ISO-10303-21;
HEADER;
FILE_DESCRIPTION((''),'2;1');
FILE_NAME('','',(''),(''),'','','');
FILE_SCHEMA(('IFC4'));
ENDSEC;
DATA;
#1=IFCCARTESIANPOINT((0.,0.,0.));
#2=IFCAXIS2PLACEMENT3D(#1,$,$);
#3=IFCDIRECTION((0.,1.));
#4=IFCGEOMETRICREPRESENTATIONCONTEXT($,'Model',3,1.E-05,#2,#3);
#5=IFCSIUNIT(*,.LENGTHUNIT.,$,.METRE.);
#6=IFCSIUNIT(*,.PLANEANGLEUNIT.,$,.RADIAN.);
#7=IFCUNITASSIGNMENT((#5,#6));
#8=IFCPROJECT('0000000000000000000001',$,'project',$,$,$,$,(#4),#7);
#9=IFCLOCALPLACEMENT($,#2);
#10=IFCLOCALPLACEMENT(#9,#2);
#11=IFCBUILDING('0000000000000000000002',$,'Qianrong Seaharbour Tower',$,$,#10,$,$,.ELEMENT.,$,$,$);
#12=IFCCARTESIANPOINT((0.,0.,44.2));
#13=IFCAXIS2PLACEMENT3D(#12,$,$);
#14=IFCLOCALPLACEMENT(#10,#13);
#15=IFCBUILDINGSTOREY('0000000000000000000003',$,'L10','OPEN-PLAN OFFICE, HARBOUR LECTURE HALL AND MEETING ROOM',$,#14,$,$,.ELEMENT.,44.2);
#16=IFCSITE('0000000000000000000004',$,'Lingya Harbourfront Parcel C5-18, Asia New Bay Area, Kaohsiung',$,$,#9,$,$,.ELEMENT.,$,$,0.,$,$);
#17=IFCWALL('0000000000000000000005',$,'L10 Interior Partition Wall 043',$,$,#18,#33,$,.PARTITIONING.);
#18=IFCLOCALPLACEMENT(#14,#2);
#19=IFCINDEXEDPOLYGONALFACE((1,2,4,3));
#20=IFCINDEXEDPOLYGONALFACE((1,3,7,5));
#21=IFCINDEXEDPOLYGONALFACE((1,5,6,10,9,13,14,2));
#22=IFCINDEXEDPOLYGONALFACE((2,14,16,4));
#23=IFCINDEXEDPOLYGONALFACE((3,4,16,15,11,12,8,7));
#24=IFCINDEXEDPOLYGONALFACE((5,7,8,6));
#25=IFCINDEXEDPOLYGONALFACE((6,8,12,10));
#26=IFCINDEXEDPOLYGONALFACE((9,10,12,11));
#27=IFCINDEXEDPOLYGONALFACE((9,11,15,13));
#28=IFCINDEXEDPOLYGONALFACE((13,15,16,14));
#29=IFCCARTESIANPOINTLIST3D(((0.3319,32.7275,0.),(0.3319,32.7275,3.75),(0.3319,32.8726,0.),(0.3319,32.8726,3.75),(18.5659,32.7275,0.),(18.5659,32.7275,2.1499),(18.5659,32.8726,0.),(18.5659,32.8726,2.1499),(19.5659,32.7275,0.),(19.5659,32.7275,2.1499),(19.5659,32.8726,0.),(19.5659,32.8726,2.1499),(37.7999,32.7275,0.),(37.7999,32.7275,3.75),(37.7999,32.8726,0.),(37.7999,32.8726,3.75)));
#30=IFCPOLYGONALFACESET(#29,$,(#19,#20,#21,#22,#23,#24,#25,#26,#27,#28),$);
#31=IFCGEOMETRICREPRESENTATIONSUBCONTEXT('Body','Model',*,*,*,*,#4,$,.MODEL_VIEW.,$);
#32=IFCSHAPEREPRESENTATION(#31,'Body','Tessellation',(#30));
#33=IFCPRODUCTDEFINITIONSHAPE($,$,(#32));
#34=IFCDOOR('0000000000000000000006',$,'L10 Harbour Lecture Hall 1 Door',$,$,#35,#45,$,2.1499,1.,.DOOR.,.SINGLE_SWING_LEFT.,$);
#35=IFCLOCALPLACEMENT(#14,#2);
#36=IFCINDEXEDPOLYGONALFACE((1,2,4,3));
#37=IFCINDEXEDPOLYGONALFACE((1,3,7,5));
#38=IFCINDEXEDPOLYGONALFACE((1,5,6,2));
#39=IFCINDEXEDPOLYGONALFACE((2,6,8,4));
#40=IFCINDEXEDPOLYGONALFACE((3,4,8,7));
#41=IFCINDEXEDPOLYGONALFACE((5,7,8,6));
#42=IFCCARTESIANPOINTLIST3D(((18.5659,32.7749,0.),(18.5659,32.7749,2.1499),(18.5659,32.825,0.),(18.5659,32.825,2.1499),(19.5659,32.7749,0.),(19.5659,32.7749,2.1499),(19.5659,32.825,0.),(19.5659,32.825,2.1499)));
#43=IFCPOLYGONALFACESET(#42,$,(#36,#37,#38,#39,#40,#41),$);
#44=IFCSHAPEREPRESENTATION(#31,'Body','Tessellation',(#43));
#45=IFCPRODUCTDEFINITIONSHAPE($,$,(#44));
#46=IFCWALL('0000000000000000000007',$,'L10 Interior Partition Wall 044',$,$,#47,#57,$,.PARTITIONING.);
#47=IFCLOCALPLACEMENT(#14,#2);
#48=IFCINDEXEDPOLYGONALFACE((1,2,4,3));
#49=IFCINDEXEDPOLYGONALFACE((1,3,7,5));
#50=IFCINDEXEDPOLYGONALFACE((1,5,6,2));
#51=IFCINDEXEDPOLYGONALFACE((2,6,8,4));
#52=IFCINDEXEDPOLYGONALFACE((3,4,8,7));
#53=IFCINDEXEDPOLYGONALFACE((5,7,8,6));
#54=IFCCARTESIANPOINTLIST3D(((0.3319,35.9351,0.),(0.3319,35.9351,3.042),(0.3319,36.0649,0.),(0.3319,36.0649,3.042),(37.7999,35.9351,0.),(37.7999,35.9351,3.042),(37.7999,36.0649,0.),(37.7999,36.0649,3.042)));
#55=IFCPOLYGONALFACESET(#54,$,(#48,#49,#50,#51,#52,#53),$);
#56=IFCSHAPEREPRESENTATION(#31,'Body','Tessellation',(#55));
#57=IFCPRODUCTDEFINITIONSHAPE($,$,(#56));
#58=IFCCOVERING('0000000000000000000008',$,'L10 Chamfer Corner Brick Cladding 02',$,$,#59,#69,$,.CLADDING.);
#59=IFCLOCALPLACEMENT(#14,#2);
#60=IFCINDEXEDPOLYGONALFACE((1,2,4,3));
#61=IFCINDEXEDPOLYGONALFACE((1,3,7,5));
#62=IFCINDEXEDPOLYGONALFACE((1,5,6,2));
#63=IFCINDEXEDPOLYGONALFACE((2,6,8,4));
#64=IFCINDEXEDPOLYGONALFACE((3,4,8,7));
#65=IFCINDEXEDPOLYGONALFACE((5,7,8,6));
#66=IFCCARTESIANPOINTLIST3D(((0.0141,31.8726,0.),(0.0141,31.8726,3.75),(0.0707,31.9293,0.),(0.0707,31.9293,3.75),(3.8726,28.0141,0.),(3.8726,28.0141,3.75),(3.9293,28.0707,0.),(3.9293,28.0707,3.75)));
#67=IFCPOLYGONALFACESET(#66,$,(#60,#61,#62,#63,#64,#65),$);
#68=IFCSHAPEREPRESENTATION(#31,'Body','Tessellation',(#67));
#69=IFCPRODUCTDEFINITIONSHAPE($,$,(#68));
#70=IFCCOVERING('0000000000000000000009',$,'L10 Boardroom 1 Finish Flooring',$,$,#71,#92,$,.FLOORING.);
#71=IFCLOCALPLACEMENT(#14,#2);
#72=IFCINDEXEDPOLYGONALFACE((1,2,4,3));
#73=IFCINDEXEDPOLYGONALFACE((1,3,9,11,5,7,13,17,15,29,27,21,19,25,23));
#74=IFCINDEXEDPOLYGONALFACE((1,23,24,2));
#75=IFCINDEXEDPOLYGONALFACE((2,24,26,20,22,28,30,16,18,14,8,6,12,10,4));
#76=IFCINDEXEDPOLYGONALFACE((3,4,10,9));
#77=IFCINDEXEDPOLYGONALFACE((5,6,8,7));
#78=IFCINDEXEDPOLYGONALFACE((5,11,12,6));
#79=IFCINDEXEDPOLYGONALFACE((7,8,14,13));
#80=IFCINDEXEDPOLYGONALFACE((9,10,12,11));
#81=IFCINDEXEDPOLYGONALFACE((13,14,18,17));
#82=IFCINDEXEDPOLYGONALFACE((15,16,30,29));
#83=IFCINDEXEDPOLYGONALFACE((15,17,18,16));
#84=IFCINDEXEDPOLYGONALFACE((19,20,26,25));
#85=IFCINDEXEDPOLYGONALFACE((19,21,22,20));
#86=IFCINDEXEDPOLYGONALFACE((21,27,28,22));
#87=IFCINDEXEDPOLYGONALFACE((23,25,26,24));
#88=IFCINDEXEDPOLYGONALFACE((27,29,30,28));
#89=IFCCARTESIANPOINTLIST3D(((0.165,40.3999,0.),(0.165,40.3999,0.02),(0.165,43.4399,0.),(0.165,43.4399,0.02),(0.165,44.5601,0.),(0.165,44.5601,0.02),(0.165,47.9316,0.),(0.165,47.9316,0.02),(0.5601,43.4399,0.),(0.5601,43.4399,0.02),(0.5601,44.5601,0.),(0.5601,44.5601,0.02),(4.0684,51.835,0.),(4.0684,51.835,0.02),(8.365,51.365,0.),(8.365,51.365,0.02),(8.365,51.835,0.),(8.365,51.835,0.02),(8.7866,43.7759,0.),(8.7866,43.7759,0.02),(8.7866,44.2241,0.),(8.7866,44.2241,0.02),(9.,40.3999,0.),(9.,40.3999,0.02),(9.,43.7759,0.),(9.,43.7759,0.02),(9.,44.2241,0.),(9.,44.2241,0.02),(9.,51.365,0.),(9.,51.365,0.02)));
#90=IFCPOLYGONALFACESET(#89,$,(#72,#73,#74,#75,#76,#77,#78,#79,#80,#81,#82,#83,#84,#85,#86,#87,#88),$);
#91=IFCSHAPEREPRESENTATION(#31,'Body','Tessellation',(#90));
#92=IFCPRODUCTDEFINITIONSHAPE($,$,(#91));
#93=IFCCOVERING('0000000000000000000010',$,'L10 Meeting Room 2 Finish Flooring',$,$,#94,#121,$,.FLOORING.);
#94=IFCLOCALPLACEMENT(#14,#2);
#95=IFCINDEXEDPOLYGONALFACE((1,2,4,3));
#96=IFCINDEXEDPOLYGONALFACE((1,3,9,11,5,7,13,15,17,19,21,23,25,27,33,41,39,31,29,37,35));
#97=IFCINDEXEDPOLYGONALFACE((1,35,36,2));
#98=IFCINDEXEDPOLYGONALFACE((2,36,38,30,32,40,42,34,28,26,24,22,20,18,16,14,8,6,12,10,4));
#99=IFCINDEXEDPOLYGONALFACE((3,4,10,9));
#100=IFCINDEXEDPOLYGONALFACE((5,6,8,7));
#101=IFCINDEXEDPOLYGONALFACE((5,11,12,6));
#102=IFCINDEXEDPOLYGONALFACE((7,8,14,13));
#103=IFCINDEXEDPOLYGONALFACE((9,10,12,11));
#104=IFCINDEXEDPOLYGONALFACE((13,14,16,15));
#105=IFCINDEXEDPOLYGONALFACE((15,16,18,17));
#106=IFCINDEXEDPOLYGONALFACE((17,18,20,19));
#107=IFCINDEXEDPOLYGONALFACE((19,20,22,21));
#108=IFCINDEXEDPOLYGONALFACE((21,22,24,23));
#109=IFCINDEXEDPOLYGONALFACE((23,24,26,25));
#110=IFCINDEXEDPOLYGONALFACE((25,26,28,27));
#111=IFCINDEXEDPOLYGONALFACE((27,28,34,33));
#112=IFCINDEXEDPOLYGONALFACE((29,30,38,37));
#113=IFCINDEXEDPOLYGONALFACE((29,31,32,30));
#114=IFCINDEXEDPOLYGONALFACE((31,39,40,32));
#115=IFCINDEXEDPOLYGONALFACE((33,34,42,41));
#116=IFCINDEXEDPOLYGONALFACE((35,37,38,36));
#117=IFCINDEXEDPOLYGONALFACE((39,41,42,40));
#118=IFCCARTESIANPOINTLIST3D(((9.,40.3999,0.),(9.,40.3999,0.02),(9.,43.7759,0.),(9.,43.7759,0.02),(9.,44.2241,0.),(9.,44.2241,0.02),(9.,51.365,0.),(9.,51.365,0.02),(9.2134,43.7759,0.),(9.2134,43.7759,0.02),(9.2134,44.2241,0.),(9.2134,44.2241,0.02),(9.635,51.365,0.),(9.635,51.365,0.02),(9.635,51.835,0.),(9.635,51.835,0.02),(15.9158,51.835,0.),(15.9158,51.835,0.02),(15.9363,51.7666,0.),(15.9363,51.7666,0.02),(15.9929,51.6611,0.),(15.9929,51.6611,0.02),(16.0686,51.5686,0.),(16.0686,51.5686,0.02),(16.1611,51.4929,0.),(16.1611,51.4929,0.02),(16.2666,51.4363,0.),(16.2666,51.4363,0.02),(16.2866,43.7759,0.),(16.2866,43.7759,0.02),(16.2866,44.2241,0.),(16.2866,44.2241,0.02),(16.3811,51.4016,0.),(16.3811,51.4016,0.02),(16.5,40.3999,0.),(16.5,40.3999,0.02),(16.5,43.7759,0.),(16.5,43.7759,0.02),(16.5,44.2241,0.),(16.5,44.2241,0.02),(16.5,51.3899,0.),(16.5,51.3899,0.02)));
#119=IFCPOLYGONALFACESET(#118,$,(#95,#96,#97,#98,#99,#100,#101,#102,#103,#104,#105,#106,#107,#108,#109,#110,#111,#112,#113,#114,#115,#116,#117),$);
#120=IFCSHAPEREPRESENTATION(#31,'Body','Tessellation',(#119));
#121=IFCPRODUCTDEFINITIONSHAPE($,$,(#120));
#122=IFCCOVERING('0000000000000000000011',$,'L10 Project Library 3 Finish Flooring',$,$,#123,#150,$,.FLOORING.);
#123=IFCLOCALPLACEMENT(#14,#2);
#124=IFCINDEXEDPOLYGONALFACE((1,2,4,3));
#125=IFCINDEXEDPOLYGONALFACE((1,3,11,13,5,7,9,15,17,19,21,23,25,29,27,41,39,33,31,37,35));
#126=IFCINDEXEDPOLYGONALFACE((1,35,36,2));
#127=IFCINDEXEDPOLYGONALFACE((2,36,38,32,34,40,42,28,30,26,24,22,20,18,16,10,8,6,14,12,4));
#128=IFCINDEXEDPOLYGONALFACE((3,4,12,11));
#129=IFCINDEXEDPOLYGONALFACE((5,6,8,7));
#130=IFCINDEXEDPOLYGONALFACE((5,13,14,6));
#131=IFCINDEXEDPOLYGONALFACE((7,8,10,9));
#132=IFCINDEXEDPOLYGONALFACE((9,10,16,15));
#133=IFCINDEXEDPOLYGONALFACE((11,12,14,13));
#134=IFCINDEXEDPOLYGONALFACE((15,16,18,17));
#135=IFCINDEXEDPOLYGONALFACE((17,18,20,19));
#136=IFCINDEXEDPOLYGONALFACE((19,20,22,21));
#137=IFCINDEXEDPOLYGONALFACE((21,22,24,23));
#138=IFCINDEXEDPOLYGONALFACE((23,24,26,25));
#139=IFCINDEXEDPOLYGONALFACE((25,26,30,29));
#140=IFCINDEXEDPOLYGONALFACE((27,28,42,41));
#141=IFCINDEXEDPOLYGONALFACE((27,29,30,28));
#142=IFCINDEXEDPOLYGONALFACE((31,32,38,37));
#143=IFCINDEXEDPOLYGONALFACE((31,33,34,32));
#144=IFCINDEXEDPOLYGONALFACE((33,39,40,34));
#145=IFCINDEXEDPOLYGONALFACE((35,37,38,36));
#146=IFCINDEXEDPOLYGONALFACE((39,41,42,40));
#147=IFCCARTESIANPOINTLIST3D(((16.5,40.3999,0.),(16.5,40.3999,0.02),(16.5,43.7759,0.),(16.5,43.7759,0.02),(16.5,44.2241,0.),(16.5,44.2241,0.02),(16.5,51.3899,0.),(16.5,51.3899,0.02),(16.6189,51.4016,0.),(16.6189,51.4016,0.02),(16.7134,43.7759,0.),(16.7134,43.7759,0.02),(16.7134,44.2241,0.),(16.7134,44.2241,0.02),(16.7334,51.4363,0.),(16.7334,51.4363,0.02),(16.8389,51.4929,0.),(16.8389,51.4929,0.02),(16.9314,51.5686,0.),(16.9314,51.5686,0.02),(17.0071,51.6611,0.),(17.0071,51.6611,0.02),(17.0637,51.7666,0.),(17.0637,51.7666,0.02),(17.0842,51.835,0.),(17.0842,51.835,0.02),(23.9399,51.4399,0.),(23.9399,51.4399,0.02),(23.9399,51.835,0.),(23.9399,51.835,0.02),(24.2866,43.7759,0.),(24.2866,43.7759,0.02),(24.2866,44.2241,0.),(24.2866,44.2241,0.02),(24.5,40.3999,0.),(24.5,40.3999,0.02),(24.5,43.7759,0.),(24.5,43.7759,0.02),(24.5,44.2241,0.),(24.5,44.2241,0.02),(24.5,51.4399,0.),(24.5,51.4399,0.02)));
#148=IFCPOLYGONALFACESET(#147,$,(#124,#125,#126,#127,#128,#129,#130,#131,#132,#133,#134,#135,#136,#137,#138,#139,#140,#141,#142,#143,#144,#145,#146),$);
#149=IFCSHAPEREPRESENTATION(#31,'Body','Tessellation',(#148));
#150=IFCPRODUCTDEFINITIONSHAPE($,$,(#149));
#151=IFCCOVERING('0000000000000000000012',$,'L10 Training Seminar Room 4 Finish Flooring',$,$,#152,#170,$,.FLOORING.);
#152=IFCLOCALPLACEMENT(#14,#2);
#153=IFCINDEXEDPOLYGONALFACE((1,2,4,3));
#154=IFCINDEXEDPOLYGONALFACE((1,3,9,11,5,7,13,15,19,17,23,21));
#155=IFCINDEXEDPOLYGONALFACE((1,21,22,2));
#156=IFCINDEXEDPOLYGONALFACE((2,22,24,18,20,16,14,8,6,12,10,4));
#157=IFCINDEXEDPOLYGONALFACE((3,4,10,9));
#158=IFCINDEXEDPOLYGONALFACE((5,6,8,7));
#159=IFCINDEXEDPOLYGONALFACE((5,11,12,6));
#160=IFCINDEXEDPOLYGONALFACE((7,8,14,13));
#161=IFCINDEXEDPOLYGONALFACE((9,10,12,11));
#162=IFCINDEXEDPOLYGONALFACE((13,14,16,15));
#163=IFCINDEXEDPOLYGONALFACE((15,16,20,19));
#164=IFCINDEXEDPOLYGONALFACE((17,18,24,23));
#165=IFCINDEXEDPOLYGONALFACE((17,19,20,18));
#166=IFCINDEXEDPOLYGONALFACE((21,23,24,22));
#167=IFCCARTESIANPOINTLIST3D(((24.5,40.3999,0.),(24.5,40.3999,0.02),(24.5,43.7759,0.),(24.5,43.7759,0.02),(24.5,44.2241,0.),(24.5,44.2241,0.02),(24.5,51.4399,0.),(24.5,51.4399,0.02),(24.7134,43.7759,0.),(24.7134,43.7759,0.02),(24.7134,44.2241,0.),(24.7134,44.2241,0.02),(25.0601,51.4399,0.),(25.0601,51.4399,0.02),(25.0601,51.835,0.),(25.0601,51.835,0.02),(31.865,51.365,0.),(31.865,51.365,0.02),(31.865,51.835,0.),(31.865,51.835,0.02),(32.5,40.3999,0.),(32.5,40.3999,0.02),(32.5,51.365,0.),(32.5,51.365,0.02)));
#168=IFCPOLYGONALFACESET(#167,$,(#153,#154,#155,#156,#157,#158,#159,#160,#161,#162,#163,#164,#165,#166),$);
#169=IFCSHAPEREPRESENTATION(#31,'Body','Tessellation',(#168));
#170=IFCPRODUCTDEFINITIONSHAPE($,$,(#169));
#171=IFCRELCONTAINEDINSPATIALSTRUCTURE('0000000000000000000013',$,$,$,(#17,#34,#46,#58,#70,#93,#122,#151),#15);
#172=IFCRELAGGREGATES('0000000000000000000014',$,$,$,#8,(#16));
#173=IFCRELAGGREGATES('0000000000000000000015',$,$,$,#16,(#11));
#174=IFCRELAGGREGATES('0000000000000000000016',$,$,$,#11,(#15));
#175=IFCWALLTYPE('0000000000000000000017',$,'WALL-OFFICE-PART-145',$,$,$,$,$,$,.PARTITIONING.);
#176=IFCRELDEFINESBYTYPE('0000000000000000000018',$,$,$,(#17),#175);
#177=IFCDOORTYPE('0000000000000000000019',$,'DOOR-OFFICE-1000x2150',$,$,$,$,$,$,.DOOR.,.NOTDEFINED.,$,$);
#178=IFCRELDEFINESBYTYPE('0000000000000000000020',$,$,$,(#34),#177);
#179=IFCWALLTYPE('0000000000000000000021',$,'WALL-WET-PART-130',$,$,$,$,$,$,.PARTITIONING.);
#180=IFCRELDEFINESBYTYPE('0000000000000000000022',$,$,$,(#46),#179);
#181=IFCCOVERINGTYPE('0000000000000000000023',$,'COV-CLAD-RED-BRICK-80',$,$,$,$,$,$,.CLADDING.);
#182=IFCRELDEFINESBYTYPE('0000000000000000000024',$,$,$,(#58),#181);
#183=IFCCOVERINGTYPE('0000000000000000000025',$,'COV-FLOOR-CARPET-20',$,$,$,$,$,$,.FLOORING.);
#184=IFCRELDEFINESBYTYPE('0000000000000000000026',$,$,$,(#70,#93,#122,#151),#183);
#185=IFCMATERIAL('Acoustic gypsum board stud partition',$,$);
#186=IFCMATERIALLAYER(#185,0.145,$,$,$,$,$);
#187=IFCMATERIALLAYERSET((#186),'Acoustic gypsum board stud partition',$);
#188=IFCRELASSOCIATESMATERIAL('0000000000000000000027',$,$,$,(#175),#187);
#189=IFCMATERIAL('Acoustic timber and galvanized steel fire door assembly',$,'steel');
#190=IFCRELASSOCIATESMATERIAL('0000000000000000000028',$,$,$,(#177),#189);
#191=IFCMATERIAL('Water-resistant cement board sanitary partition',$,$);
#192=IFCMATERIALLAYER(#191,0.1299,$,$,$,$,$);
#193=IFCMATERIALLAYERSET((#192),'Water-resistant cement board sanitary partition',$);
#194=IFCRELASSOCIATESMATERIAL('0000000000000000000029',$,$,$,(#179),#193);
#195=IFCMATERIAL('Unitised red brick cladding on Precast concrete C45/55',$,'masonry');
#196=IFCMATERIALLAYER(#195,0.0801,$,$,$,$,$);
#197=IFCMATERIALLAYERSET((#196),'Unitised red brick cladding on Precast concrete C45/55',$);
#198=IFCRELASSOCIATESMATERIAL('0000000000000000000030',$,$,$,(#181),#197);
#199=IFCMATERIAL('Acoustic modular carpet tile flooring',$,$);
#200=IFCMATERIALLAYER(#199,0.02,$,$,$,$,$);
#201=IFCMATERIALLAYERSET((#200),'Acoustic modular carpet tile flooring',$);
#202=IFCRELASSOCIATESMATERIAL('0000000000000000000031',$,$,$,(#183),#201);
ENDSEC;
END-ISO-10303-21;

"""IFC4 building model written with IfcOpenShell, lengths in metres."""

from ifc_helpers import new_model, si_unit, direction, frame, frame_2d, origin, origin_2d, place, context, subcontext, project, spatial, polyline, rectangle, outline, extrude, material, layer, layer_set, type_object, element, fill, save


model = new_model("IFC4")

# Units and contexts
model_context = context("Model", 3, precision=1e-05, world=origin(), true_north=direction((0.0, 1.0)))
body_context = subcontext(model_context, "Body", "Model", "MODEL_VIEW")
ifc_project = project(units=[si_unit("LENGTHUNIT", "METRE"), si_unit("PLANEANGLEUNIT", "RADIAN")], contexts=[model_context])

# Site, building, storey
site_placement = place(None, origin())
site = spatial("IfcSite", under=ifc_project, at=site_placement, Name="Lingya Harbourfront Parcel C5-18, Asia New Bay Area, Kaohsiung", CompositionType="ELEMENT", RefElevation=0.0)
building_placement = place(site_placement, origin())
building = spatial("IfcBuilding", under=site, at=building_placement, Name="Qianrong Seaharbour Tower", CompositionType="ELEMENT")
storey_placement = place(building_placement, frame((0.0, 0.0, 44.2)))
storey = spatial("IfcBuildingStorey", under=building, at=storey_placement, Name="L10", Description="OPEN-PLAN OFFICE, HARBOUR LECTURE HALL AND MEETING ROOM", CompositionType="ELEMENT", Elevation=44.2)

# Wall, opening, door
ifc_material_1 = material(Name="Acoustic gypsum board stud partition")
ifc_layer_1 = layer(ifc_material_1, 0.145)
ifc_layer_set_1 = layer_set([ifc_layer_1], Name="Acoustic gypsum board stud partition")
wall_type_1 = type_object("IfcWallType", Name="WALL-OFFICE-PART-145", PredefinedType="PARTITIONING", material=ifc_layer_set_1)
wall_1_placement = place(storey_placement, frame((0.332, 32.8, 0.0), z_axis=(0.0, 0.0, 1.0), x_axis=(1.0, 0.0, 0.0)))
wall_1 = element("IfcWall", 1, at=wall_1_placement, inside=storey, type_object=wall_type_1, Name="L10 Interior Partition Wall 043", PredefinedType="PARTITIONING", context=body_context, shape_type="SweptSolid", body=[
    extrude(rectangle(XDim=37.468, YDim=0.145, at=frame_2d((18.7339, 0.0))), origin(), (0.0, 0.0, 1.0), 3.75),
])
opening_placement = place(wall_1_placement, frame((18.2339, 0.0, 0.0)))
opening = element("IfcOpeningElement", 2, at=opening_placement, cuts=wall_1, PredefinedType="OPENING", context=body_context, shape_type="SweptSolid", body=[
    extrude(rectangle(XDim=1.0, YDim=2.1499, at=frame_2d((0.5, 1.075))), frame((0.0, 0.0825, 0.0), z_axis=(0.0, -1.0, 0.0), x_axis=(1.0, 0.0, 0.0)), (0.0, 0.0, 1.0), 0.165),
])
ifc_material_2 = material(Name="Acoustic timber and galvanized steel fire door assembly", Category="steel")
door_type = type_object("IfcDoorType", Name="DOOR-OFFICE-1000x2150", OperationType="NOTDEFINED", PredefinedType="DOOR", material=ifc_material_2)
door_placement = place(opening_placement, origin())
door = element("IfcDoor", 3, at=door_placement, inside=storey, type_object=door_type, Name="L10 Harbour Lecture Hall 1 Door", OperationType="SINGLE_SWING_LEFT", OverallHeight=2.1499, OverallWidth=1.0, PredefinedType="DOOR", context=body_context, shape_type="SweptSolid", body=[
    extrude(rectangle(XDim=1.0, YDim=2.1499, at=frame_2d((0.5, 1.075))), frame((0.0, 0.0249, 0.0), z_axis=(0.0, -1.0, 0.0), x_axis=(1.0, 0.0, 0.0)), (0.0, 0.0, 1.0), 0.05),
])
fill(opening, door)

# Wall
ifc_material_3 = material(Name="Water-resistant cement board sanitary partition")
ifc_layer_2 = layer(ifc_material_3, 0.1299)
ifc_layer_set_2 = layer_set([ifc_layer_2], Name="Water-resistant cement board sanitary partition")
wall_type_2 = type_object("IfcWallType", Name="WALL-WET-PART-130", PredefinedType="PARTITIONING", material=ifc_layer_set_2)
wall_2_placement = place(storey_placement, frame((0.332, 36.0, 0.0), z_axis=(0.0, 0.0, 1.0), x_axis=(1.0, 0.0, 0.0)))
element("IfcWall", 4, at=wall_2_placement, inside=storey, type_object=wall_type_2, Name="L10 Interior Partition Wall 044", PredefinedType="PARTITIONING", context=body_context, shape_type="SweptSolid", body=[
    extrude(rectangle(XDim=37.468, YDim=0.1299, at=frame_2d((18.7339, 0.0))), origin(), (0.0, 0.0, 1.0), 3.042),
])

# Coverings
ifc_material_4 = material(Name="Unitised red brick cladding on Precast concrete C45/55", Category="masonry")
ifc_layer_3 = layer(ifc_material_4, 0.0801)
ifc_layer_set_3 = layer_set([ifc_layer_3], Name="Unitised red brick cladding on Precast concrete C45/55")
covering_type_1 = type_object("IfcCoveringType", Name="COV-CLAD-RED-BRICK-80", PredefinedType="CLADDING", material=ifc_layer_set_3)
covering_1_placement = place(storey_placement, frame((1.9717, 29.9717, 0.0), z_axis=(0.0, 0.0, 1.0), x_axis=(-0.707107, 0.707107, 0.0)))
element("IfcCovering", 5, at=covering_1_placement, inside=storey, type_object=covering_type_1, Name="L10 Chamfer Corner Brick Cladding 02", PredefinedType="CLADDING", context=body_context, shape_type="SweptSolid", body=[
    extrude(rectangle(XDim=5.4568, YDim=0.0801, at=origin_2d()), origin(), (0.0, 0.0, 1.0), 3.75),
])
ifc_material_5 = material(Name="Acoustic modular carpet tile flooring")
ifc_layer_4 = layer(ifc_material_5, 0.02)
ifc_layer_set_4 = layer_set([ifc_layer_4], Name="Acoustic modular carpet tile flooring")
covering_type_2 = type_object("IfcCoveringType", Name="COV-FLOOR-CARPET-20", PredefinedType="FLOORING", material=ifc_layer_set_4)
covering_2_placement = place(storey_placement, origin())
element("IfcCovering", 6, at=covering_2_placement, inside=storey, type_object=covering_type_2, Name="L10 Boardroom 1 Finish Flooring", PredefinedType="FLOORING", context=body_context, shape_type="SweptSolid", body=[
    extrude(outline(polyline([(0.165, 43.4399), (0.5601, 43.4399), (0.5601, 44.5601), (0.165, 44.5601), (0.165, 47.9316), (4.0684, 51.835), (8.365, 51.835), (8.365, 51.365), (9.0, 51.365), (9.0, 44.2241), (8.7866, 44.2241), (8.7866, 43.7759), (9.0, 43.7759), (9.0, 40.3999), (0.165, 40.3999), (0.165, 43.4399)])), origin(), (0.0, 0.0, 1.0), 0.02),
])
covering_3_placement = place(storey_placement, origin())
element("IfcCovering", 7, at=covering_3_placement, inside=storey, type_object=covering_type_2, Name="L10 Meeting Room 2 Finish Flooring", PredefinedType="FLOORING", context=body_context, shape_type="SweptSolid", body=[
    extrude(outline(polyline([(9.0, 43.7759), (9.2134, 43.7759), (9.2134, 44.2241), (9.0, 44.2241), (9.0, 51.365), (9.635, 51.365), (9.635, 51.835), (15.9158, 51.835), (15.9363, 51.7666), (15.9929, 51.6611), (16.0686, 51.5686), (16.1611, 51.4929), (16.2666, 51.4363), (16.3811, 51.4016), (16.5, 51.3899), (16.5, 44.2241), (16.2866, 44.2241), (16.2866, 43.7759), (16.5, 43.7759), (16.5, 40.3999), (9.0, 40.3999), (9.0, 43.7759)])), origin(), (0.0, 0.0, 1.0), 0.02),
])
covering_4_placement = place(storey_placement, origin())
element("IfcCovering", 8, at=covering_4_placement, inside=storey, type_object=covering_type_2, Name="L10 Project Library 3 Finish Flooring", PredefinedType="FLOORING", context=body_context, shape_type="SweptSolid", body=[
    extrude(outline(polyline([(16.5, 43.7759), (16.7134, 43.7759), (16.7134, 44.2241), (16.5, 44.2241), (16.5, 51.3899), (16.6189, 51.4016), (16.7334, 51.4363), (16.8389, 51.4929), (16.9314, 51.5686), (17.0071, 51.6611), (17.0637, 51.7666), (17.0842, 51.835), (23.9399, 51.835), (23.9399, 51.4399), (24.5, 51.4399), (24.5, 44.2241), (24.2866, 44.2241), (24.2866, 43.7759), (24.5, 43.7759), (24.5, 40.3999), (16.5, 40.3999), (16.5, 43.7759)])), origin(), (0.0, 0.0, 1.0), 0.02),
])
covering_5_placement = place(storey_placement, origin())
element("IfcCovering", 9, at=covering_5_placement, inside=storey, type_object=covering_type_2, Name="L10 Training Seminar Room 4 Finish Flooring", PredefinedType="FLOORING", context=body_context, shape_type="SweptSolid", body=[
    extrude(outline(polyline([(24.5, 43.7759), (24.7134, 43.7759), (24.7134, 44.2241), (24.5, 44.2241), (24.5, 51.4399), (25.0601, 51.4399), (25.0601, 51.835), (31.865, 51.835), (31.865, 51.365), (32.5, 51.365), (32.5, 40.3999), (24.5, 40.3999), (24.5, 43.7759)])), origin(), (0.0, 0.0, 1.0), 0.02),
])

save(model, "model.ifc")
